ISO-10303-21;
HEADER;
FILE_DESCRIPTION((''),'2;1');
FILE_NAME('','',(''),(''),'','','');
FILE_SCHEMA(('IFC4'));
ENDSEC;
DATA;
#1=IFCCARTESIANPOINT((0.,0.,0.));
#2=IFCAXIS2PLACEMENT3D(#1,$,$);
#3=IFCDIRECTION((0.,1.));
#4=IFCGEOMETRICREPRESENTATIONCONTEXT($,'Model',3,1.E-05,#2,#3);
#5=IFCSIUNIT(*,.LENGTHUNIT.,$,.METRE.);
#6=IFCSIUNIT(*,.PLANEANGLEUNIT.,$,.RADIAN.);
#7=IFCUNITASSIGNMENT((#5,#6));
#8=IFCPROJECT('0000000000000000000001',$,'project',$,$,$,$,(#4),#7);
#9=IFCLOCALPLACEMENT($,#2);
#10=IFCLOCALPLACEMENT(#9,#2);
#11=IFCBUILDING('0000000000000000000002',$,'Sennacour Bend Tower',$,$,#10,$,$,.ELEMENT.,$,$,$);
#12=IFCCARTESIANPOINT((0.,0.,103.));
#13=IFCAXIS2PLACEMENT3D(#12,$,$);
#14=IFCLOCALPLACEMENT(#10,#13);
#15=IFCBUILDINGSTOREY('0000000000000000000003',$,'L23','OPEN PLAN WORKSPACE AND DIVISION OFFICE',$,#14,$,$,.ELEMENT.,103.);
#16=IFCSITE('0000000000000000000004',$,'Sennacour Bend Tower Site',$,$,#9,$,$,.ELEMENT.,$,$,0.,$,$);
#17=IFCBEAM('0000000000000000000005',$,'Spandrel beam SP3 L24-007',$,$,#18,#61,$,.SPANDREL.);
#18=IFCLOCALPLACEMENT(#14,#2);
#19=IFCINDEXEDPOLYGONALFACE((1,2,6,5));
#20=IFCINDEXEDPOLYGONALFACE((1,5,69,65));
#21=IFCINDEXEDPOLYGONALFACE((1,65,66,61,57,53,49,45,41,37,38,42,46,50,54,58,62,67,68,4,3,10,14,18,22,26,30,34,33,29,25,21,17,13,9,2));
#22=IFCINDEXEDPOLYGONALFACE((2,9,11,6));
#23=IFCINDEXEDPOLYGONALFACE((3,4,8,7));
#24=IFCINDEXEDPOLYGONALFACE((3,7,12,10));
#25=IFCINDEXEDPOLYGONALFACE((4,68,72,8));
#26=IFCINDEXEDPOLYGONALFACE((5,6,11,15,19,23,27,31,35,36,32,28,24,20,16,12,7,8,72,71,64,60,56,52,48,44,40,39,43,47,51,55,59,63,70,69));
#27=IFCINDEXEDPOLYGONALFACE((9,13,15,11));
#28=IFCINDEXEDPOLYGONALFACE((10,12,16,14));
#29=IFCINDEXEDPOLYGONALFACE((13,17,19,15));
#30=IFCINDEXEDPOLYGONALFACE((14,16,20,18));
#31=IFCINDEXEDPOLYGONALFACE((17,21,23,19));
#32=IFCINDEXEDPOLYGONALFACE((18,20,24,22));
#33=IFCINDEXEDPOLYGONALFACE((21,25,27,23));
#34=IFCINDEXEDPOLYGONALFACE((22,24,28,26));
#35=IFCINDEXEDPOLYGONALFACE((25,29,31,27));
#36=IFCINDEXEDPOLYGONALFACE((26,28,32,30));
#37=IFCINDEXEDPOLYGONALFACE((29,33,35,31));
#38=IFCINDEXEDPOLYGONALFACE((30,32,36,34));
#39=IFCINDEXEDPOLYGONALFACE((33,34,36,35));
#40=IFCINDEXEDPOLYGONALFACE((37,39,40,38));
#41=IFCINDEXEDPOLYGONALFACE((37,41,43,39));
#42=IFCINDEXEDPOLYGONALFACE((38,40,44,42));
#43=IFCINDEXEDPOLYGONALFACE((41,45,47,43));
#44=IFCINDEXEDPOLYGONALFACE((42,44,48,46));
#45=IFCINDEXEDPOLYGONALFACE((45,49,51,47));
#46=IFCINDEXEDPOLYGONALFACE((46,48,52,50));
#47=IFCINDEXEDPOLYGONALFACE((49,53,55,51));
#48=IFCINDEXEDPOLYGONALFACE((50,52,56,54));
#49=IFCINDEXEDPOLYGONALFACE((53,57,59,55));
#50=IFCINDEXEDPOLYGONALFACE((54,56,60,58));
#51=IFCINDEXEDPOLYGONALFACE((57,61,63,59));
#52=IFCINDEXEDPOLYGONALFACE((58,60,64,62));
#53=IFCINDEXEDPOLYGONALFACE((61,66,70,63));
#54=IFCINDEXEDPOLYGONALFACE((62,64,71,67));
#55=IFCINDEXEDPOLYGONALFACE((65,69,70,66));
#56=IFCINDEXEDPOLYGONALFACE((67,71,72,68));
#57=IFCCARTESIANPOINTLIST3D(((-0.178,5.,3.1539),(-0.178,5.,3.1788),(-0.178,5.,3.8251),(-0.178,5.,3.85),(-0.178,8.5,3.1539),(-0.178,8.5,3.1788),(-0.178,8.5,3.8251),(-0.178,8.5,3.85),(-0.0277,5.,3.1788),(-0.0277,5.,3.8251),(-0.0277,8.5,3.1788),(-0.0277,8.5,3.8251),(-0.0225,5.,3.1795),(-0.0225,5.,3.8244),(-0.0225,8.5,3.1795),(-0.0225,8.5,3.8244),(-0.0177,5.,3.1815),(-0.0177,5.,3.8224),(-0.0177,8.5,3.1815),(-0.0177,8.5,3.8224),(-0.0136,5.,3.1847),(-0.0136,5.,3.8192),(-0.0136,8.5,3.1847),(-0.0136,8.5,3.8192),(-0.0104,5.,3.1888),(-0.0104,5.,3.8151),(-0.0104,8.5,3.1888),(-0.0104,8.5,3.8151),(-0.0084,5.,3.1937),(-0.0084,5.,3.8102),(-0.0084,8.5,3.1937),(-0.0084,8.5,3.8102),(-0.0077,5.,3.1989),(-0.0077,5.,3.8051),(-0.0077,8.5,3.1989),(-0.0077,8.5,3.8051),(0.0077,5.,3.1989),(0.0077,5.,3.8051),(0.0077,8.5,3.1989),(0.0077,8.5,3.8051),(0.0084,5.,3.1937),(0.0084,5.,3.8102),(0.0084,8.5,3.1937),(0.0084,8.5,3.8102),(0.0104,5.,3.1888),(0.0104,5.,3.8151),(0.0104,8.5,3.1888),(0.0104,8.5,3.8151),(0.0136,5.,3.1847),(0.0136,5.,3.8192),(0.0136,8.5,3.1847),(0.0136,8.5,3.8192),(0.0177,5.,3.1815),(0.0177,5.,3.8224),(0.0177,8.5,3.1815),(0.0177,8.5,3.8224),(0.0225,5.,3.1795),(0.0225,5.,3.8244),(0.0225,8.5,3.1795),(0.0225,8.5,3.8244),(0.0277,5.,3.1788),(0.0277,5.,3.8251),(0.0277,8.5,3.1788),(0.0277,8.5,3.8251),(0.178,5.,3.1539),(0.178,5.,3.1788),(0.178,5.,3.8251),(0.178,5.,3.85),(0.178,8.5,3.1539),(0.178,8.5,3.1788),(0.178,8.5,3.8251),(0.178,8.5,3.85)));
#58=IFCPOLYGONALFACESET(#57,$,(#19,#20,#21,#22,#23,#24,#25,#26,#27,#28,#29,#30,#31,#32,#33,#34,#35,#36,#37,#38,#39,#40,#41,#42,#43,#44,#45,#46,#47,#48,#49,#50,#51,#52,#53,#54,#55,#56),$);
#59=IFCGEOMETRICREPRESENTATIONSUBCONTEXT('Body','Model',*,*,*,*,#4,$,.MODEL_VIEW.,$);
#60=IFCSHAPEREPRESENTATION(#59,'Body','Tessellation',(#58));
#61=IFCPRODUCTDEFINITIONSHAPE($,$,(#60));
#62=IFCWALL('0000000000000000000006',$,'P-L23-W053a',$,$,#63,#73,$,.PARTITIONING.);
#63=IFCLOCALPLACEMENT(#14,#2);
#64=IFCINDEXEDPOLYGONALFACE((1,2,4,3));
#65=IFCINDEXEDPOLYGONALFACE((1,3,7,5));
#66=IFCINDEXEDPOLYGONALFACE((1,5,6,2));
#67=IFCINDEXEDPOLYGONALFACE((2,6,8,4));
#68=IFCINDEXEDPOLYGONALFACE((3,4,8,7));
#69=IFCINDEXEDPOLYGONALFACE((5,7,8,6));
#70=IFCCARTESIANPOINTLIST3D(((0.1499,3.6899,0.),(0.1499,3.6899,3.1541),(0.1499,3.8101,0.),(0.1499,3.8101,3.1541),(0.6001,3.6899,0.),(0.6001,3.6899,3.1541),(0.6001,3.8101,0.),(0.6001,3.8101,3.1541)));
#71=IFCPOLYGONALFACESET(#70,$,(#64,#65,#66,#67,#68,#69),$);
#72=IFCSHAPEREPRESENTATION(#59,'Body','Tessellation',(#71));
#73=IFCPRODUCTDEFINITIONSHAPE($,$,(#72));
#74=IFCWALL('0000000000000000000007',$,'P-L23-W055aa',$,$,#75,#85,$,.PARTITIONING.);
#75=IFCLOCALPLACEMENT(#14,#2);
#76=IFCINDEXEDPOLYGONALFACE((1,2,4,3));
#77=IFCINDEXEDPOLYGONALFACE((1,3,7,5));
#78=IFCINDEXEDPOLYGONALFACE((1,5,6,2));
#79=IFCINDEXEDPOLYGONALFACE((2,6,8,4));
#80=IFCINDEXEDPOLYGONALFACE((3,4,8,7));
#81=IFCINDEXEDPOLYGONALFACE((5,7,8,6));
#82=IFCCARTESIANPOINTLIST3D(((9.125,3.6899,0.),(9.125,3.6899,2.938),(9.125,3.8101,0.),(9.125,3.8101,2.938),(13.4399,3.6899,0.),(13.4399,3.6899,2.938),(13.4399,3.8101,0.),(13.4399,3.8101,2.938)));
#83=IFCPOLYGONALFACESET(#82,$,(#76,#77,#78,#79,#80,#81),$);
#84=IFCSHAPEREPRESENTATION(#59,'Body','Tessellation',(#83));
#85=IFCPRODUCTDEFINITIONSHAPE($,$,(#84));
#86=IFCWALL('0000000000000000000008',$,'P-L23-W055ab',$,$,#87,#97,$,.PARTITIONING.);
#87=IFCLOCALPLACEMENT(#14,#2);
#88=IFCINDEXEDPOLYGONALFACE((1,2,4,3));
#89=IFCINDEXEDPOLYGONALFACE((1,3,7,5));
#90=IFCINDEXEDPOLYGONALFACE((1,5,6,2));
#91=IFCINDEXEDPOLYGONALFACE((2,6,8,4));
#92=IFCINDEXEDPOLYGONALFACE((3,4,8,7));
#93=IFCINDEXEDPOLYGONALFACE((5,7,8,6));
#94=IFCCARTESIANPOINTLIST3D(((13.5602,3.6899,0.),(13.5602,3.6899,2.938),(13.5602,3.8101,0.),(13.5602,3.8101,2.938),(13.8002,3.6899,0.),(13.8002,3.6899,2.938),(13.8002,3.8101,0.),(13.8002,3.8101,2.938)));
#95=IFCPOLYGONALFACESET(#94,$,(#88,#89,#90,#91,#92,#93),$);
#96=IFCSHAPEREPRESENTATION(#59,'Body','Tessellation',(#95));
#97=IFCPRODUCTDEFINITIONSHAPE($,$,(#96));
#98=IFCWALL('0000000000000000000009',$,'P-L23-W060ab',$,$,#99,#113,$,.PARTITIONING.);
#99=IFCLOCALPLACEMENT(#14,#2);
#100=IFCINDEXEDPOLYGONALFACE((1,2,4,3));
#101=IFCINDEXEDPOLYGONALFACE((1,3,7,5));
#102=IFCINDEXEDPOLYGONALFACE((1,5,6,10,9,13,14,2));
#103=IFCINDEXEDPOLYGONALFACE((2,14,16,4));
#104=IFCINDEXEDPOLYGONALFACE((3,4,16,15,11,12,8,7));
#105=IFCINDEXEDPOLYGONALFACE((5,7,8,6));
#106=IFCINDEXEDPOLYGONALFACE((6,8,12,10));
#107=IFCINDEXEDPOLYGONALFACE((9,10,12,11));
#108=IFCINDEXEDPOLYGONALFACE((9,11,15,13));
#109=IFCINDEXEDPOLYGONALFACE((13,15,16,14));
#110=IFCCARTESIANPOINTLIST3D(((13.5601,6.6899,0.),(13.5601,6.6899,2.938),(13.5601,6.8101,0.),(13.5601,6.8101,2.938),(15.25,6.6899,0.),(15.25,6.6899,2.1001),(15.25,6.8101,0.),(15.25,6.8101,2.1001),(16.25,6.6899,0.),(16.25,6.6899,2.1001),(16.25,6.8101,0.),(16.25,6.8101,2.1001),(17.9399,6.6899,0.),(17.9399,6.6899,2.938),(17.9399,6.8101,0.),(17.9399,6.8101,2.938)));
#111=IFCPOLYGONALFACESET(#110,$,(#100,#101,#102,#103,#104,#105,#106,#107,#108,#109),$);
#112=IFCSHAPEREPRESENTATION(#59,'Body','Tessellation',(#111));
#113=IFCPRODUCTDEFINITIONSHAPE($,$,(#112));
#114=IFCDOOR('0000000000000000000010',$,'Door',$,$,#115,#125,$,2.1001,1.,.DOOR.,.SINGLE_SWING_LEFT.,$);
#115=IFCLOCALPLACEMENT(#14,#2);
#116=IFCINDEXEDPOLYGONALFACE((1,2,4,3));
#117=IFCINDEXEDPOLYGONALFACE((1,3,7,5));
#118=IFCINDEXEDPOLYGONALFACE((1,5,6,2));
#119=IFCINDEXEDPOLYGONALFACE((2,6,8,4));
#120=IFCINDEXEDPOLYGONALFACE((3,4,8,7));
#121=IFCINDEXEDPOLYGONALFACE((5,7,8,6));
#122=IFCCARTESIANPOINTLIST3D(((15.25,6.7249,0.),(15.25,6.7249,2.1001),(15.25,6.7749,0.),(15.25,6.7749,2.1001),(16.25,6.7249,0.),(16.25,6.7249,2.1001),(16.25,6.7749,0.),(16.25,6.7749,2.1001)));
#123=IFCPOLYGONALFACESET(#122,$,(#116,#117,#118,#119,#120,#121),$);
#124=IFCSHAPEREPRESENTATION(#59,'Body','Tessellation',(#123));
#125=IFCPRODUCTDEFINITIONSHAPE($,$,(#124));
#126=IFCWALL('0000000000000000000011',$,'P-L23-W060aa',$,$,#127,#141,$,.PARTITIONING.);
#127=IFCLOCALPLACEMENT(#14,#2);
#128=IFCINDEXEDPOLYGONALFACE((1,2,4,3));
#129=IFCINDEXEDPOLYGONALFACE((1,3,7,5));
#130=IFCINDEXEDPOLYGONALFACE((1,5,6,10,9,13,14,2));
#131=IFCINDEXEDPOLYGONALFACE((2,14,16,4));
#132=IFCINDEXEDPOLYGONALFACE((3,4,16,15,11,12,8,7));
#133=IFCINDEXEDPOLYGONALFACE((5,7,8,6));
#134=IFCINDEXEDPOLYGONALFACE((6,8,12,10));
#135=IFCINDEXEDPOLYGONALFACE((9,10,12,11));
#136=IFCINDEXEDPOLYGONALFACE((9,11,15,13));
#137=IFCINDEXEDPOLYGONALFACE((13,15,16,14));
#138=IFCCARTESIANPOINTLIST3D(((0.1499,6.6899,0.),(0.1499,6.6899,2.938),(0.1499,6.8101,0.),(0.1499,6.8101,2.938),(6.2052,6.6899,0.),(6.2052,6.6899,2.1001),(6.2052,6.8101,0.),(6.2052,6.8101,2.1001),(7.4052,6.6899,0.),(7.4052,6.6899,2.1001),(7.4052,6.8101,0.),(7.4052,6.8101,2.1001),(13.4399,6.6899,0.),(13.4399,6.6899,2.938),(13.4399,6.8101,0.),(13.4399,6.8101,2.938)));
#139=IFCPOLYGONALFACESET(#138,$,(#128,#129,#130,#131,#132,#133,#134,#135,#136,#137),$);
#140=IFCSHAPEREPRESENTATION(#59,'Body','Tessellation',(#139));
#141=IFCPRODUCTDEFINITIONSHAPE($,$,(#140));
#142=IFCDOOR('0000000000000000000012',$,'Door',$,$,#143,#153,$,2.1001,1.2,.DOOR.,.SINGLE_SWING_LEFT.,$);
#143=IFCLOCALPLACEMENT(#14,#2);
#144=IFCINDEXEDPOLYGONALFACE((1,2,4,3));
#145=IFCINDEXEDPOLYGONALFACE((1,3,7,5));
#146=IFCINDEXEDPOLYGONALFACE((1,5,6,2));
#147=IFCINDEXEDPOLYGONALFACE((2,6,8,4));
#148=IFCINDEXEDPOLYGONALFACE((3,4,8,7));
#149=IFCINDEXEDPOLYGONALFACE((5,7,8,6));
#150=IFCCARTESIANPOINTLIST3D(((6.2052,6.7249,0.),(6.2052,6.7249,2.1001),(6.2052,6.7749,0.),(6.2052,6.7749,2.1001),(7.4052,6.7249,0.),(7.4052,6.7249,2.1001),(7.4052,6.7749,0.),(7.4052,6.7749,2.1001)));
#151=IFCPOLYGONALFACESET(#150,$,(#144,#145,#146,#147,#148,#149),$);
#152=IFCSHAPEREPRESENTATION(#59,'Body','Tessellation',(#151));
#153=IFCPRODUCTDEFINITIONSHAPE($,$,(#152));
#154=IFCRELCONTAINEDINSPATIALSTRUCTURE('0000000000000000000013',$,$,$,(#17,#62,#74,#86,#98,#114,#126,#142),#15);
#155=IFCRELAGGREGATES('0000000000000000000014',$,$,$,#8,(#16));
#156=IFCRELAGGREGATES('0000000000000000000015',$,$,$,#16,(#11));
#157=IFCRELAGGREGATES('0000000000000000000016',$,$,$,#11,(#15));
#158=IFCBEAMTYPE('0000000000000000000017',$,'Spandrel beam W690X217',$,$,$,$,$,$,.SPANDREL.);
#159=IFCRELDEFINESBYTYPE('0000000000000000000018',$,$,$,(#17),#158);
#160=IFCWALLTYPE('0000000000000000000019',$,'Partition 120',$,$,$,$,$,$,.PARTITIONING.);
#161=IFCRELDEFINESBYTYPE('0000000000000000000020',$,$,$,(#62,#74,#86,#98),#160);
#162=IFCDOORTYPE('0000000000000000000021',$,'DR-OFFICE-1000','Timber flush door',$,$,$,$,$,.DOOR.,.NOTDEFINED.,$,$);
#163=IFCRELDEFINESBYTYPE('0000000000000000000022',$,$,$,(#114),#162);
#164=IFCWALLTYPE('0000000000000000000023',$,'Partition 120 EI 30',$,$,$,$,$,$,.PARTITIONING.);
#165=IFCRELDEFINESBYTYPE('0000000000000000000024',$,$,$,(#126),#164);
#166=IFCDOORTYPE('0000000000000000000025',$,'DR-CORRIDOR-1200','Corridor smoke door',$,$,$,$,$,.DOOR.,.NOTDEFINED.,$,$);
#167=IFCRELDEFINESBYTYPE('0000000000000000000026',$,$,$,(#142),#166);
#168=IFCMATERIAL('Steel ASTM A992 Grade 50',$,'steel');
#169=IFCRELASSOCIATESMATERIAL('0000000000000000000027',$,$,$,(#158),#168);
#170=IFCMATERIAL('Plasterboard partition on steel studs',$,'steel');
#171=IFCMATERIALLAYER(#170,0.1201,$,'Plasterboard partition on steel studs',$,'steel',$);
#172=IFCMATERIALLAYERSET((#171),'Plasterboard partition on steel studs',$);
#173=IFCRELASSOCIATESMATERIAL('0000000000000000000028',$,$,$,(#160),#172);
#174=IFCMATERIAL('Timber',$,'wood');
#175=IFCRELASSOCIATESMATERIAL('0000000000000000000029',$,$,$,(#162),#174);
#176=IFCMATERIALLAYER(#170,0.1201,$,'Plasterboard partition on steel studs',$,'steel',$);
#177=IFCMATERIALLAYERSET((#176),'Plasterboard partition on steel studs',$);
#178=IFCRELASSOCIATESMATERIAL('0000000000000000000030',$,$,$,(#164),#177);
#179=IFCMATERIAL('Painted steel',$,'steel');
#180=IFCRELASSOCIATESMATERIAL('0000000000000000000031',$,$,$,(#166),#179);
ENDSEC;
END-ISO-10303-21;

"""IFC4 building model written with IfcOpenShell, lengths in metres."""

from ifc_helpers import new_model, si_unit, direction, frame, frame_2d, origin, origin_2d, place, context, subcontext, project, spatial, rectangle, i_section, extrude, material, layer, layer_set, material_profile, profile_set, type_object, element, fill, save


model = new_model("IFC4")

# Units and contexts
model_context = context("Model", 3, precision=1e-05, world=origin(), true_north=direction((0.0, 1.0)))
body_context = subcontext(model_context, "Body", "Model", "MODEL_VIEW")
ifc_project = project(units=[si_unit("LENGTHUNIT", "METRE"), si_unit("PLANEANGLEUNIT", "RADIAN")], contexts=[model_context])

# Site, building, storey
site_placement = place(None, origin())
site = spatial("IfcSite", under=ifc_project, at=site_placement, Name="Sennacour Bend Tower Site", CompositionType="ELEMENT", RefElevation=0.0)
building_placement = place(site_placement, origin())
building = spatial("IfcBuilding", under=site, at=building_placement, Name="Sennacour Bend Tower", CompositionType="ELEMENT")
storey_placement = place(building_placement, frame((0.0, 0.0, 103.0)))
storey = spatial("IfcBuildingStorey", under=building, at=storey_placement, Name="L23", Description="OPEN PLAN WORKSPACE AND DIVISION OFFICE", CompositionType="ELEMENT", Elevation=103.0)

# Beam
ifc_material_1 = material(Name="Steel ASTM A992 Grade 50", Category="steel")
ifc_material_profile_1 = material_profile(ifc_material_1, i_section(OverallWidth=0.356, OverallDepth=0.696, WebThickness=0.0154, FlangeThickness=0.0249, FilletRadius=0.02, at=origin_2d()), Name="Steel ASTM A992 Grade 50", Category="steel")
ifc_profile_set_1 = profile_set([ifc_material_profile_1], Name="Steel ASTM A992 Grade 50")
beam_type_1 = type_object("IfcBeamType", Name="Spandrel beam W690X217", PredefinedType="SPANDREL", material=ifc_profile_set_1)
beam_placement = place(storey_placement, frame((0.0, 5.0, 3.502), z_axis=(0.0, 1.0, 0.0), x_axis=(-1.0, 0.0, 0.0)))
element("IfcBeam", 1, at=beam_placement, inside=storey, type_object=beam_type_1, Name="Spandrel beam SP3 L24-007", PredefinedType="SPANDREL", context=body_context, shape_type="SweptSolid", body=[
    extrude(i_section(OverallWidth=0.356, OverallDepth=0.696, WebThickness=0.0154, FlangeThickness=0.0249, FilletRadius=0.02, at=origin_2d()), origin(), (0.0, 0.0, 1.0), 3.5),
])

# Walls
ifc_material_2 = material(Name="Plasterboard partition on steel studs", Category="steel")
ifc_layer_1 = layer(ifc_material_2, 0.1201, Name="Plasterboard partition on steel studs", Category="steel")
ifc_layer_set_1 = layer_set([ifc_layer_1], Name="Plasterboard partition on steel studs")
wall_type_1 = type_object("IfcWallType", Name="Partition 120", PredefinedType="PARTITIONING", material=ifc_layer_set_1)
wall_1_placement = place(storey_placement, frame((0.1499, 3.75, 0.0), z_axis=(0.0, 0.0, 1.0), x_axis=(1.0, 0.0, 0.0)))
element("IfcWall", 2, at=wall_1_placement, inside=storey, type_object=wall_type_1, Name="P-L23-W053a", PredefinedType="PARTITIONING", context=body_context, shape_type="SweptSolid", body=[
    extrude(rectangle(XDim=0.4502, YDim=0.1201, at=frame_2d((0.2251, 0.0))), origin(), (0.0, 0.0, 1.0), 3.1541),
])
wall_2_placement = place(storey_placement, frame((9.125, 3.75, 0.0), z_axis=(0.0, 0.0, 1.0), x_axis=(1.0, 0.0, 0.0)))
element("IfcWall", 3, at=wall_2_placement, inside=storey, type_object=wall_type_1, Name="P-L23-W055aa", PredefinedType="PARTITIONING", context=body_context, shape_type="SweptSolid", body=[
    extrude(rectangle(XDim=4.3149, YDim=0.1201, at=frame_2d((2.1575, 0.0))), origin(), (0.0, 0.0, 1.0), 2.938),
])
wall_3_placement = place(storey_placement, frame((13.5601, 3.75, 0.0), z_axis=(0.0, 0.0, 1.0), x_axis=(1.0, 0.0, 0.0)))
element("IfcWall", 4, at=wall_3_placement, inside=storey, type_object=wall_type_1, Name="P-L23-W055ab", PredefinedType="PARTITIONING", context=body_context, shape_type="SweptSolid", body=[
    extrude(rectangle(XDim=0.24, YDim=0.1201, at=frame_2d((0.1201, 0.0))), origin(), (0.0, 0.0, 1.0), 2.938),
])

# Walls, openings, doors
wall_4_placement = place(storey_placement, frame((13.5601, 6.75, 0.0), z_axis=(0.0, 0.0, 1.0), x_axis=(1.0, 0.0, 0.0)))
wall_4 = element("IfcWall", 5, at=wall_4_placement, inside=storey, type_object=wall_type_1, Name="P-L23-W060ab", PredefinedType="PARTITIONING", context=body_context, shape_type="SweptSolid", body=[
    extrude(rectangle(XDim=4.3799, YDim=0.1201, at=frame_2d((2.1899, 0.0))), origin(), (0.0, 0.0, 1.0), 2.938),
])
opening_1_placement = place(wall_4_placement, frame((1.6899, 0.0, 0.0)))
opening_1 = element("IfcOpeningElement", 6, at=opening_1_placement, cuts=wall_4, PredefinedType="OPENING", context=body_context, shape_type="SweptSolid", body=[
    extrude(rectangle(XDim=1.0, YDim=2.1001, at=frame_2d((0.5, 1.05))), frame((0.0, 0.0701, 0.0), z_axis=(0.0, -1.0, 0.0), x_axis=(1.0, 0.0, 0.0)), (0.0, 0.0, 1.0), 0.1401),
])
ifc_material_3 = material(Name="Timber", Category="wood")
door_type_1 = type_object("IfcDoorType", Name="DR-OFFICE-1000", Description="Timber flush door", OperationType="NOTDEFINED", PredefinedType="DOOR", material=ifc_material_3)
door_1_placement = place(opening_1_placement, origin())
door_1 = element("IfcDoor", 7, at=door_1_placement, inside=storey, type_object=door_type_1, Name="Door", OperationType="SINGLE_SWING_LEFT", OverallHeight=2.1001, OverallWidth=1.0, PredefinedType="DOOR", context=body_context, shape_type="SweptSolid", body=[
    extrude(rectangle(XDim=1.0, YDim=2.1001, at=frame_2d((0.5, 1.05))), frame((0.0, 0.0249, 0.0), z_axis=(0.0, -1.0, 0.0), x_axis=(1.0, 0.0, 0.0)), (0.0, 0.0, 1.0), 0.05),
])
fill(opening_1, door_1)
ifc_layer_2 = layer(ifc_material_2, 0.1201, Name="Plasterboard partition on steel studs", Category="steel")
ifc_layer_set_2 = layer_set([ifc_layer_2], Name="Plasterboard partition on steel studs")
wall_type_2 = type_object("IfcWallType", Name="Partition 120 EI 30", PredefinedType="PARTITIONING", material=ifc_layer_set_2)
wall_5_placement = place(storey_placement, frame((0.1499, 6.75, 0.0), z_axis=(0.0, 0.0, 1.0), x_axis=(1.0, 0.0, 0.0)))
wall_5 = element("IfcWall", 8, at=wall_5_placement, inside=storey, type_object=wall_type_2, Name="P-L23-W060aa", PredefinedType="PARTITIONING", context=body_context, shape_type="SweptSolid", body=[
    extrude(rectangle(XDim=13.29, YDim=0.1201, at=frame_2d((6.645, 0.0))), origin(), (0.0, 0.0, 1.0), 2.938),
])
opening_2_placement = place(wall_5_placement, frame((6.0552, 0.0, 0.0)))
opening_2 = element("IfcOpeningElement", 9, at=opening_2_placement, cuts=wall_5, PredefinedType="OPENING", context=body_context, shape_type="SweptSolid", body=[
    extrude(rectangle(XDim=1.2, YDim=2.1001, at=frame_2d((0.6001, 1.05))), frame((0.0, 0.0701, 0.0), z_axis=(0.0, -1.0, 0.0), x_axis=(1.0, 0.0, 0.0)), (0.0, 0.0, 1.0), 0.1401),
])
ifc_material_4 = material(Name="Painted steel", Category="steel")
door_type_2 = type_object("IfcDoorType", Name="DR-CORRIDOR-1200", Description="Corridor smoke door", OperationType="NOTDEFINED", PredefinedType="DOOR", material=ifc_material_4)
door_2_placement = place(opening_2_placement, origin())
door_2 = element("IfcDoor", 10, at=door_2_placement, inside=storey, type_object=door_type_2, Name="Door", OperationType="SINGLE_SWING_LEFT", OverallHeight=2.1001, OverallWidth=1.2, PredefinedType="DOOR", context=body_context, shape_type="SweptSolid", body=[
    extrude(rectangle(XDim=1.2, YDim=2.1001, at=frame_2d((0.6001, 1.05))), frame((0.0, 0.0249, 0.0), z_axis=(0.0, -1.0, 0.0), x_axis=(1.0, 0.0, 0.0)), (0.0, 0.0, 1.0), 0.05),
])
fill(opening_2, door_2)

save(model, "model.ifc")
